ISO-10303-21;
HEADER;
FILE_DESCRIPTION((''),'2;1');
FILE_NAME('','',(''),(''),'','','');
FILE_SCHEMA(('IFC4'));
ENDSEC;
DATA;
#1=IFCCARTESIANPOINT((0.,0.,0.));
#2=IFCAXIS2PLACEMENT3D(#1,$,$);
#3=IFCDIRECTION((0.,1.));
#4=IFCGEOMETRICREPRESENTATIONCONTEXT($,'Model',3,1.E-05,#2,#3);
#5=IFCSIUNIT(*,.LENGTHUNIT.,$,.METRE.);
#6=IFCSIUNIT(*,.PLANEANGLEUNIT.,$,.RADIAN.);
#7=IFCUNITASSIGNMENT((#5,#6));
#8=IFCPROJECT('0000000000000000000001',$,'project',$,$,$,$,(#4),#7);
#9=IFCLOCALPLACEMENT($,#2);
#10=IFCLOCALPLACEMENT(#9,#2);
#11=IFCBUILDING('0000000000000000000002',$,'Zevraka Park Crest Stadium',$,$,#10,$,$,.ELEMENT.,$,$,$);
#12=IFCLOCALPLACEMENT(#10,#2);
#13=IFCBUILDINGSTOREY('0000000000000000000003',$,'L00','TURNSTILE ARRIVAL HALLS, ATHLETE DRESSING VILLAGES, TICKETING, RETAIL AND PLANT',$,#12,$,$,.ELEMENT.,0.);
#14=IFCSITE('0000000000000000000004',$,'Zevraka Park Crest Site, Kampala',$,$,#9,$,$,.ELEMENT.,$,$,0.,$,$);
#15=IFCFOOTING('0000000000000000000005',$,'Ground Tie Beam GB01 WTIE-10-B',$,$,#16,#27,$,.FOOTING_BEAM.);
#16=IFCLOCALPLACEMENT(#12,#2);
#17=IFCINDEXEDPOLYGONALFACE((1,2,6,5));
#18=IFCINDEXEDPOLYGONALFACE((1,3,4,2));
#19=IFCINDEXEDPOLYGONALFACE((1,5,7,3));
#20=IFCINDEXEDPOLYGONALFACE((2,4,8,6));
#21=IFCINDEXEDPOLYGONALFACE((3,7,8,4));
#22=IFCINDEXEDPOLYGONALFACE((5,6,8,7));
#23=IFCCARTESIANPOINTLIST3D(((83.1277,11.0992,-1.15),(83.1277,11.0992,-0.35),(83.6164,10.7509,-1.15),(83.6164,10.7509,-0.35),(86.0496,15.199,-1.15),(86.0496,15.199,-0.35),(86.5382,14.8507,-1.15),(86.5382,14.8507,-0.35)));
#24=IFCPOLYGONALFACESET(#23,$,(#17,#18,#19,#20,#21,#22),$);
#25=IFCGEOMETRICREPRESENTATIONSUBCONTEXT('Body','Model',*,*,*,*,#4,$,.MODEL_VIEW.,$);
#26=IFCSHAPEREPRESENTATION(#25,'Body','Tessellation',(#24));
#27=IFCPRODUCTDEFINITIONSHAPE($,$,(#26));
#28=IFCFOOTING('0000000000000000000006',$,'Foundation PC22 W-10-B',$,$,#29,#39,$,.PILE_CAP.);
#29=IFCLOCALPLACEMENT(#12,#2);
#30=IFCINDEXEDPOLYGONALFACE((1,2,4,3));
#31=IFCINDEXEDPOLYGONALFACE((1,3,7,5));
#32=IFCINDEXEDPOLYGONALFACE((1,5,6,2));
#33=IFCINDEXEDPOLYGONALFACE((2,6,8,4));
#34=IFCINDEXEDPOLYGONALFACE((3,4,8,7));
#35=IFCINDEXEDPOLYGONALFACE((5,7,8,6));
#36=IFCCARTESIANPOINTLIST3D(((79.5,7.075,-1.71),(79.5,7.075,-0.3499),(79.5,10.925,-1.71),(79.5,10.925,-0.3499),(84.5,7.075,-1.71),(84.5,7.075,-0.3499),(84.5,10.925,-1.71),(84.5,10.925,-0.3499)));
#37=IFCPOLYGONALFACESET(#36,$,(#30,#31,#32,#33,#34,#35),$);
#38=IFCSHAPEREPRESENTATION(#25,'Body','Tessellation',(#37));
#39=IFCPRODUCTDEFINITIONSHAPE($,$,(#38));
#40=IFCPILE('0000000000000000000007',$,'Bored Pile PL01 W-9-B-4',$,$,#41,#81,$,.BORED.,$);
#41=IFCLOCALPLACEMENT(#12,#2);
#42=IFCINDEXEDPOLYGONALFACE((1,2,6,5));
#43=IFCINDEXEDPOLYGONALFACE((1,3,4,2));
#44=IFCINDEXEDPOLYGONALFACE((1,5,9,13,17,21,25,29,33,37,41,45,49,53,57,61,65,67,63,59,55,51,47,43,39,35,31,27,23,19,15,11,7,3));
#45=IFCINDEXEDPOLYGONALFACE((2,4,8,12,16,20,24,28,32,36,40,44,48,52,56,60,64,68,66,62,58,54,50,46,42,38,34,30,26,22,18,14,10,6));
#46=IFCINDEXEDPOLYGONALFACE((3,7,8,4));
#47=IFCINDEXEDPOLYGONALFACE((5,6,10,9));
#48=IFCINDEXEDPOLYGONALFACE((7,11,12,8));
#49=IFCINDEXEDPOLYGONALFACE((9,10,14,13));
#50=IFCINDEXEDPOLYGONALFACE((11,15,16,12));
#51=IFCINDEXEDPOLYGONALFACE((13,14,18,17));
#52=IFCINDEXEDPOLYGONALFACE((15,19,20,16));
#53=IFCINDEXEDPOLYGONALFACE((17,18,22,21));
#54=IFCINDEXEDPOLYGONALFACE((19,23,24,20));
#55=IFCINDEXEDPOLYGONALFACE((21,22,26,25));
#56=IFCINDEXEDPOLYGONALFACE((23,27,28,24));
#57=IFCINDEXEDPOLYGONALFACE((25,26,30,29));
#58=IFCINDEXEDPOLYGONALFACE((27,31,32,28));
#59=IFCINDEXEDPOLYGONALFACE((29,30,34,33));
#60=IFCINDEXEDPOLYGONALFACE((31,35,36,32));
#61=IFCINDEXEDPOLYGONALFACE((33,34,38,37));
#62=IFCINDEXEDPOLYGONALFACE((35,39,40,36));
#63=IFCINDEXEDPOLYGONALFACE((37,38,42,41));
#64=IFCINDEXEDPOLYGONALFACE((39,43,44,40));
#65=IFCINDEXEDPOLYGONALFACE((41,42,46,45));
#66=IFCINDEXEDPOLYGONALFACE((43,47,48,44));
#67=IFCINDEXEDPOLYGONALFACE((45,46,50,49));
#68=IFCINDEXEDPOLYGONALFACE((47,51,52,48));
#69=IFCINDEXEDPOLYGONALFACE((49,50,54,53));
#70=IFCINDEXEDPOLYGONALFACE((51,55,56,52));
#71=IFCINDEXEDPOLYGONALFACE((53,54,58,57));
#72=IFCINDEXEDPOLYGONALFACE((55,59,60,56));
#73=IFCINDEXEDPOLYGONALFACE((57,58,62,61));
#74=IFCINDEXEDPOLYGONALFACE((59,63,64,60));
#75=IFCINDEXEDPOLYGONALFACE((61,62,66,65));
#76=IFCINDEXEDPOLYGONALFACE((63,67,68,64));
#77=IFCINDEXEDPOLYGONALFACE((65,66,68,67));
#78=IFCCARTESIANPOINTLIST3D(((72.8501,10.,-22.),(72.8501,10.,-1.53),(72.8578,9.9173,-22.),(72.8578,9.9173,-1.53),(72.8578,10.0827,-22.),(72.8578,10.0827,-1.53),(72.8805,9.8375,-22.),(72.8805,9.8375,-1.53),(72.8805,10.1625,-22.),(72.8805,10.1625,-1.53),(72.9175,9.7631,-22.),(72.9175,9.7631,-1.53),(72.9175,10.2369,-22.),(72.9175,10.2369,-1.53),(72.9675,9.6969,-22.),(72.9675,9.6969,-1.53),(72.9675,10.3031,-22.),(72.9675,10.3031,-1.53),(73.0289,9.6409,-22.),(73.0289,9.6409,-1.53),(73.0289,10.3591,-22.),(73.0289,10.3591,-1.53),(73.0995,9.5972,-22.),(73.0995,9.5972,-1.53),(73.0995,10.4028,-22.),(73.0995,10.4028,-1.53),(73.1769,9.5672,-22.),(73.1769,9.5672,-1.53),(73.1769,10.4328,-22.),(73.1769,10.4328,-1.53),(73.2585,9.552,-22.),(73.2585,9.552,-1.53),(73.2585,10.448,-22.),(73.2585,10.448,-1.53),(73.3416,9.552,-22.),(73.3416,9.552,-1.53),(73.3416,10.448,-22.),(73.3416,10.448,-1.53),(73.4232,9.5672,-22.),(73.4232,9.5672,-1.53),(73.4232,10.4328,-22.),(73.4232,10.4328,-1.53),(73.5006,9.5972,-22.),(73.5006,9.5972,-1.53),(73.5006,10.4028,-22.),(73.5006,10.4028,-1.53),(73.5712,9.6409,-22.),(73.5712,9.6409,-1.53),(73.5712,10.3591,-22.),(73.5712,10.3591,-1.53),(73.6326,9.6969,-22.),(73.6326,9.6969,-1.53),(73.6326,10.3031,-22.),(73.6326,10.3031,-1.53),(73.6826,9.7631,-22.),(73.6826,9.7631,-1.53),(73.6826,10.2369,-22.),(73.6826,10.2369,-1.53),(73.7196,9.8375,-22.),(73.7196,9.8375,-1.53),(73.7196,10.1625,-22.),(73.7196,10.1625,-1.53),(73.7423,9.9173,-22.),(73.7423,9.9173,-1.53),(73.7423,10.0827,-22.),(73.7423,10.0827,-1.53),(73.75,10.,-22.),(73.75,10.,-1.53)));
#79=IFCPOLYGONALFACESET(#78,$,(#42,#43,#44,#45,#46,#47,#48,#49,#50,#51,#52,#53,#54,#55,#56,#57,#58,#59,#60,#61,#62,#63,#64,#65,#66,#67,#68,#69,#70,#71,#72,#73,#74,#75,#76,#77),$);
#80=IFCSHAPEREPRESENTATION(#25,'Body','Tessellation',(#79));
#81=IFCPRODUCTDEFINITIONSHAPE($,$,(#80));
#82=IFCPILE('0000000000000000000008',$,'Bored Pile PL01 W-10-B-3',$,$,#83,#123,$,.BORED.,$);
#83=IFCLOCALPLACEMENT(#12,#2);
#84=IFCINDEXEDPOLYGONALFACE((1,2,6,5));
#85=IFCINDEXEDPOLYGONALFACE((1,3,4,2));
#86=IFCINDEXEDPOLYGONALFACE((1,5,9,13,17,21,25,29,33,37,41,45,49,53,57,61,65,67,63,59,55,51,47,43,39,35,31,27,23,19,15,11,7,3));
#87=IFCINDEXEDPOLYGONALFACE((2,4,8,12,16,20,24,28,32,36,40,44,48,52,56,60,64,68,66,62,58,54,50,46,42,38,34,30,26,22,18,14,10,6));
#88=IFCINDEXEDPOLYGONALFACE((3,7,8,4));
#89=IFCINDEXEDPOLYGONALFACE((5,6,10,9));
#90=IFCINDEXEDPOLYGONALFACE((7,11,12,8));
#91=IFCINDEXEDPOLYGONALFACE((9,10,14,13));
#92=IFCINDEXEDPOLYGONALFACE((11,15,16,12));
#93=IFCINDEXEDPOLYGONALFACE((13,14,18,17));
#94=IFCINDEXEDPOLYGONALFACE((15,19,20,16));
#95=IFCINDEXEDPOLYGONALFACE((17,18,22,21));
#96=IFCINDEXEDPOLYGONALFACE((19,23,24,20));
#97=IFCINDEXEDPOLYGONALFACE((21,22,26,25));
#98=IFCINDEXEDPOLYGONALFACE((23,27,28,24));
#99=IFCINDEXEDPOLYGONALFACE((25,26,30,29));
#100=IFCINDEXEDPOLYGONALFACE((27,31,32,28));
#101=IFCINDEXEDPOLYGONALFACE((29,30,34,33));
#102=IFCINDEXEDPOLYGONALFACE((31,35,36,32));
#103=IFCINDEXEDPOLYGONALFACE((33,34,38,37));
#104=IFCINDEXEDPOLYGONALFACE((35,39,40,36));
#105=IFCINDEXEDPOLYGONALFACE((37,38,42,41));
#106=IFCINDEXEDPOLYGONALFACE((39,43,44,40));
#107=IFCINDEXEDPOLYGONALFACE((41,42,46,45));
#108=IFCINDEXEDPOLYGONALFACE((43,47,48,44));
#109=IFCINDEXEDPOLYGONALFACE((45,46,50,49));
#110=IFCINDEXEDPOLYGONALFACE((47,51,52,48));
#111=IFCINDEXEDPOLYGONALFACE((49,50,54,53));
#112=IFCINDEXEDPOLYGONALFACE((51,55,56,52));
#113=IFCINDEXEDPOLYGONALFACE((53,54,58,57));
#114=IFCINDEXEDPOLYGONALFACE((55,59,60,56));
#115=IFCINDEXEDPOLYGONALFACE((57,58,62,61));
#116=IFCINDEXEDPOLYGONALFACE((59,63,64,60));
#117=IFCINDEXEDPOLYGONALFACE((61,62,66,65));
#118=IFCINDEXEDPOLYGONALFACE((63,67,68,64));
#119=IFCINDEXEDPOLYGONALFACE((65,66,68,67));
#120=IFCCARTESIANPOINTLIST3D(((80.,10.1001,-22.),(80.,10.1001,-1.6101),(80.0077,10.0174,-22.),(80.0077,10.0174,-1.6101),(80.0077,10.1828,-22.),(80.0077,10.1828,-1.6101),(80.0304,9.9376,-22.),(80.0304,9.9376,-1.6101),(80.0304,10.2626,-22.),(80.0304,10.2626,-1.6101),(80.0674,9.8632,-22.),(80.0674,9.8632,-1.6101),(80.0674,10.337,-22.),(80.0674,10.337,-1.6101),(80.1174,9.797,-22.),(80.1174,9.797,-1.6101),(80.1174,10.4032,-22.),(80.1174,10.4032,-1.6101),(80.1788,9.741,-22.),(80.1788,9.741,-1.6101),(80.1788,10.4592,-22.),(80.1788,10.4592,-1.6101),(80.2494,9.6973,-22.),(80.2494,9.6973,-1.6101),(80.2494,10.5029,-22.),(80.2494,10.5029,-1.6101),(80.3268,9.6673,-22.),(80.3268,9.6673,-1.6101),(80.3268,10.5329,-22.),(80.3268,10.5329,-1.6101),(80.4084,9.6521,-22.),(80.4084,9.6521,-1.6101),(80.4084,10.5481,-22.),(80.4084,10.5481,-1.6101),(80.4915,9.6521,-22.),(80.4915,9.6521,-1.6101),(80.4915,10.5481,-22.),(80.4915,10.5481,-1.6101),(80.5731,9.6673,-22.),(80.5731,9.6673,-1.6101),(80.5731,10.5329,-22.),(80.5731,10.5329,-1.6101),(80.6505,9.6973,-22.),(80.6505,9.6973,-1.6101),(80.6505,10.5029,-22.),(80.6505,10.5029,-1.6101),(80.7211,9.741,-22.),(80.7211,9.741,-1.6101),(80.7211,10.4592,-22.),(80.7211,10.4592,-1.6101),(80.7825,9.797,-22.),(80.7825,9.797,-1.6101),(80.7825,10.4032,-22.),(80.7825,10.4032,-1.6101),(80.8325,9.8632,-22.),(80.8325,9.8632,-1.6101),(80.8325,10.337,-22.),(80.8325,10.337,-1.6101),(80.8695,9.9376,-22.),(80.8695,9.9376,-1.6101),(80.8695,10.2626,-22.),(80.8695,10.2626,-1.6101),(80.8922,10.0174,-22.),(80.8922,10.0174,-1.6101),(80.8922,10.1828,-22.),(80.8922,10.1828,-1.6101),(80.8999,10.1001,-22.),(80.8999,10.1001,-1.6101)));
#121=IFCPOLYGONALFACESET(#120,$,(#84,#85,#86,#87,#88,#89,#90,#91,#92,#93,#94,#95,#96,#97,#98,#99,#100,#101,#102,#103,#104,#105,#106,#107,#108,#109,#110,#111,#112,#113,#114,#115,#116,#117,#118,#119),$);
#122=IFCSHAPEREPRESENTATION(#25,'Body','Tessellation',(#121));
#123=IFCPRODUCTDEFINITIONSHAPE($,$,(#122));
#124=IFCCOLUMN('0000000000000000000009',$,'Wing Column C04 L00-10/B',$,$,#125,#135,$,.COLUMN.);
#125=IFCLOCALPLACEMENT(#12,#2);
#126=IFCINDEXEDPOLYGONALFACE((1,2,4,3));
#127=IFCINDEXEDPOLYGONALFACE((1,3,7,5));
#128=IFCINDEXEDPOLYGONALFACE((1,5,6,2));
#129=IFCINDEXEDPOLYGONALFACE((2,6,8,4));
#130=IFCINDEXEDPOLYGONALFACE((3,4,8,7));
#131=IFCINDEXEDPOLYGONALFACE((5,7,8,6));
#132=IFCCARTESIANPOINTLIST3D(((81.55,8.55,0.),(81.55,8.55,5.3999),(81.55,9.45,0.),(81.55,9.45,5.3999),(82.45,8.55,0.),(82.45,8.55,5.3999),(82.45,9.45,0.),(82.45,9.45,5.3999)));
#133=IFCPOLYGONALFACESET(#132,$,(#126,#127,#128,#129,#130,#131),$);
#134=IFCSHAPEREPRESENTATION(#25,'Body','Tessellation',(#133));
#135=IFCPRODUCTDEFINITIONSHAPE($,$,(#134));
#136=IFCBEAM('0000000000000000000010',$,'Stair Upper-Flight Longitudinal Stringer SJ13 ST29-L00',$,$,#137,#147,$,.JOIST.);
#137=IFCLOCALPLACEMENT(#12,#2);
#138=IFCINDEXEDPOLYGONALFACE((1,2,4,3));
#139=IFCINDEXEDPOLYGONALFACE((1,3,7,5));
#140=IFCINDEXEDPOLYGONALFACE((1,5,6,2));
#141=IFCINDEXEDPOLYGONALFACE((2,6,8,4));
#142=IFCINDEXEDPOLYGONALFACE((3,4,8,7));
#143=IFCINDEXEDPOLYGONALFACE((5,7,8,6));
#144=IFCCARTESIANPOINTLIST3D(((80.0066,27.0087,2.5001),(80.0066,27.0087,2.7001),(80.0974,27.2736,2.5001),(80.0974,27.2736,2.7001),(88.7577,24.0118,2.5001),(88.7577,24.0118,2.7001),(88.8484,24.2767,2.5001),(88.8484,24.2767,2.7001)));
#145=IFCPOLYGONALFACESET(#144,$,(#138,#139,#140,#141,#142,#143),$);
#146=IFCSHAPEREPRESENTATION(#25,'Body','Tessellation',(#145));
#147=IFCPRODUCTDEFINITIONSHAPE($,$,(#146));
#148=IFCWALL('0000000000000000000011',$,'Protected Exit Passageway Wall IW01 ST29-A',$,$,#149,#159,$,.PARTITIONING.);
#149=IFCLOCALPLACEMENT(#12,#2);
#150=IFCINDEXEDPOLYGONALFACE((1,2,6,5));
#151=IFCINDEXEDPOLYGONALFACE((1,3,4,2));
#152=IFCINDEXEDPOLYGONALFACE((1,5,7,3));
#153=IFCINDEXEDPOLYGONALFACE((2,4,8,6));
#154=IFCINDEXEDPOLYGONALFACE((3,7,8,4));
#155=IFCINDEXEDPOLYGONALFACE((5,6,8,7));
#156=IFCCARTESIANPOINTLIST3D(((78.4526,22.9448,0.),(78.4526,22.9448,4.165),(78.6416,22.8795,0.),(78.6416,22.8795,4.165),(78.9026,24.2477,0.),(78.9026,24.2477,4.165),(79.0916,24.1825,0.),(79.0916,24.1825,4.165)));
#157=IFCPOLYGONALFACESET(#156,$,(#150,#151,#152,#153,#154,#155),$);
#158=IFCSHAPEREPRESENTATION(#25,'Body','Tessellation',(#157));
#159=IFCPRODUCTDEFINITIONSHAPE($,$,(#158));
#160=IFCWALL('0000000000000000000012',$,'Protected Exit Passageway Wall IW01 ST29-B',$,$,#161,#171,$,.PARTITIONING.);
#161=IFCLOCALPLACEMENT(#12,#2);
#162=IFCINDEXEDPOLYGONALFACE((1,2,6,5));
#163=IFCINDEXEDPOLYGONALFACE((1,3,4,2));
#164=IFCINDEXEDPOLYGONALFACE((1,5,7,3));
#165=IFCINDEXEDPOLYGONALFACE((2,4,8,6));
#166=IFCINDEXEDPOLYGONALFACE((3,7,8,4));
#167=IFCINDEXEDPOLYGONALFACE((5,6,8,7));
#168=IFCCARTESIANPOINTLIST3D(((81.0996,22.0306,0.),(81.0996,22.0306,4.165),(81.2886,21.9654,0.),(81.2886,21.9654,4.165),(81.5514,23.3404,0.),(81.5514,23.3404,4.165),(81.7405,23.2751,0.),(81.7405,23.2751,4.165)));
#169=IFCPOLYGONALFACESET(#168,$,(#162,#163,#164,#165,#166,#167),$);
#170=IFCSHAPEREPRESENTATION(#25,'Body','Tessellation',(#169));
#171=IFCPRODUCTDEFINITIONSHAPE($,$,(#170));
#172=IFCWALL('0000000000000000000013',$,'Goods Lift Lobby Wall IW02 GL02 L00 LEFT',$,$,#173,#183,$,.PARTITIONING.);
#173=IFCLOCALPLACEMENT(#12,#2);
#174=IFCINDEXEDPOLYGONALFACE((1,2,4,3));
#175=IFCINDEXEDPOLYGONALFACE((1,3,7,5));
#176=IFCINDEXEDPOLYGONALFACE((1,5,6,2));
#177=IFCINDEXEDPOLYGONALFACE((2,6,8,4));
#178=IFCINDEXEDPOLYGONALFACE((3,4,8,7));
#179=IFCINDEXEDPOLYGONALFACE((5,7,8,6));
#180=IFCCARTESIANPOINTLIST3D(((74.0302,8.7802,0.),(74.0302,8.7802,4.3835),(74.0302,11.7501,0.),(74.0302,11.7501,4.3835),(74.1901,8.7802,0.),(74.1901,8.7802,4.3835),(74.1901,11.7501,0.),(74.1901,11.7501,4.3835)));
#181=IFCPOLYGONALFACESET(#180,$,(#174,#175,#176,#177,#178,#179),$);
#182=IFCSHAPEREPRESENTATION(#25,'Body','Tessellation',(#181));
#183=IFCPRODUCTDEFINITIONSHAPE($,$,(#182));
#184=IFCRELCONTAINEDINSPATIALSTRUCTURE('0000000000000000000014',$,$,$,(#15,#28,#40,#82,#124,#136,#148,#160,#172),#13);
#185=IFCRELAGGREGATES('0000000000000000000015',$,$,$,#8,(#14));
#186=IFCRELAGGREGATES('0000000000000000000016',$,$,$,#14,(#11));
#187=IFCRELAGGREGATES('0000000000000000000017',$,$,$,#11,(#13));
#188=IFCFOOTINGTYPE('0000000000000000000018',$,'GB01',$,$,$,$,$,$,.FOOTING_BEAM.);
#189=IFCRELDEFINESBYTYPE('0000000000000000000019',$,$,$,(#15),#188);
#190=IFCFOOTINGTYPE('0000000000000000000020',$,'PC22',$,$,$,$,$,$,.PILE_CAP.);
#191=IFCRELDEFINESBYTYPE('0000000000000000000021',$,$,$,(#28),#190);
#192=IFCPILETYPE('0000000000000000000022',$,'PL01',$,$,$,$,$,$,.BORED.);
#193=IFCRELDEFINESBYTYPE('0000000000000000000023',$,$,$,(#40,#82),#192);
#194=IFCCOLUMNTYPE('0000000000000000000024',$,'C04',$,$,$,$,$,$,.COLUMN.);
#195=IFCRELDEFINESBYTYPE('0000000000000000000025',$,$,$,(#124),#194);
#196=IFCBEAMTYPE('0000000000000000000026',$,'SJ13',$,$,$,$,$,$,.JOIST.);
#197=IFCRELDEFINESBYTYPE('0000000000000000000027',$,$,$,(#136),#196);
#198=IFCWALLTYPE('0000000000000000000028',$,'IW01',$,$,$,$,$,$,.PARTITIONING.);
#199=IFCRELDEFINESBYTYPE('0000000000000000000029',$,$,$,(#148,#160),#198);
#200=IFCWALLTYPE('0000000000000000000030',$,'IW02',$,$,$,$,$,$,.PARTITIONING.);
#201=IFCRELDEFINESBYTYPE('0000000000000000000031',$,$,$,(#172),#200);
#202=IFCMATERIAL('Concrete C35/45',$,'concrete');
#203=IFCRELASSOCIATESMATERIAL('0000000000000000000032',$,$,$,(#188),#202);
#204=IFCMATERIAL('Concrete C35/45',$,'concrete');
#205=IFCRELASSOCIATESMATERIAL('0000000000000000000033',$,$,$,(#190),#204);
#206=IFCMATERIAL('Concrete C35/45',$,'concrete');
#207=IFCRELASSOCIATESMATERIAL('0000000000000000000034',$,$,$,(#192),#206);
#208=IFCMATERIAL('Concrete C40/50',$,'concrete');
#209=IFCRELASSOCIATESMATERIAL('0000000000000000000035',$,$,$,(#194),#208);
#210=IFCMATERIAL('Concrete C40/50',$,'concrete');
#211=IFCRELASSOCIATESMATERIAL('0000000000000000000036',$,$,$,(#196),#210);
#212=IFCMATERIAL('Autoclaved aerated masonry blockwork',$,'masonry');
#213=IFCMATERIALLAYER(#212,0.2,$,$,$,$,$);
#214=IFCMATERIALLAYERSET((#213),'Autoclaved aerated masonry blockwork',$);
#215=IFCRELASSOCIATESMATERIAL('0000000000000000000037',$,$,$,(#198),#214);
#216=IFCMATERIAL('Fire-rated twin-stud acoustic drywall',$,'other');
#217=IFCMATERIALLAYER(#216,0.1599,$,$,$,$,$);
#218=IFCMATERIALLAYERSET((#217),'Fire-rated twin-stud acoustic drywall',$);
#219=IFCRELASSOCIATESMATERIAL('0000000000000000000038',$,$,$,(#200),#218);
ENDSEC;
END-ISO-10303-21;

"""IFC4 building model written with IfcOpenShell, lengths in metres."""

from ifc_helpers import new_model, si_unit, direction, frame, frame_2d, origin, origin_2d, place, context, subcontext, project, spatial, rectangle, circle, extrude, material, layer, layer_set, material_profile, profile_set, type_object, element, save


model = new_model("IFC4")

# Units and contexts
model_context = context("Model", 3, precision=1e-05, world=origin(), true_north=direction((0.0, 1.0)))
body_context = subcontext(model_context, "Body", "Model", "MODEL_VIEW")
ifc_project = project(units=[si_unit("LENGTHUNIT", "METRE"), si_unit("PLANEANGLEUNIT", "RADIAN")], contexts=[model_context])

# Site, building, storey
site_placement = place(None, origin())
site = spatial("IfcSite", under=ifc_project, at=site_placement, Name="Zevraka Park Crest Site, Kampala", CompositionType="ELEMENT", RefElevation=0.0)
building_placement = place(site_placement, origin())
building = spatial("IfcBuilding", under=site, at=building_placement, Name="Zevraka Park Crest Stadium", CompositionType="ELEMENT")
storey_placement = place(building_placement, origin())
storey = spatial("IfcBuildingStorey", under=building, at=storey_placement, Name="L00", Description="TURNSTILE ARRIVAL HALLS, ATHLETE DRESSING VILLAGES, TICKETING, RETAIL AND PLANT", CompositionType="ELEMENT", Elevation=0.0)

# Footings
ifc_material_1 = material(Name="Concrete C35/45", Category="concrete")
ifc_material_profile_1 = material_profile(ifc_material_1, rectangle(XDim=0.6001, YDim=0.8, at=origin_2d()), Name="GB 800x600")
ifc_profile_set_1 = profile_set([ifc_material_profile_1], Name="Concrete C35/45")
footing_type_1 = type_object("IfcFootingType", Name="GB01", PredefinedType="FOOTING_BEAM", material=ifc_profile_set_1)
footing_1_placement = place(storey_placement, frame((83.3721, 10.925, -0.75), z_axis=(0.580371, 0.814352, 0.0), x_axis=(-0.814352, 0.580371, 0.0)))
element("IfcFooting", 1, at=footing_1_placement, inside=storey, type_object=footing_type_1, Name="Ground Tie Beam GB01 WTIE-10-B", PredefinedType="FOOTING_BEAM", context=body_context, shape_type="SweptSolid", body=[
    extrude(rectangle(XDim=0.6001, YDim=0.8, at=origin_2d()), origin(), (0.0, 0.0, 1.0), 5.0344),
])
ifc_material_2 = material(Name="Concrete C35/45", Category="concrete")
footing_type_2 = type_object("IfcFootingType", Name="PC22", PredefinedType="PILE_CAP", material=ifc_material_2)
footing_2_placement = place(storey_placement, frame((82.0, 9.0, -1.71), z_axis=(0.0, 0.0, 1.0), x_axis=(1.0, 0.0, 0.0)))
element("IfcFooting", 2, at=footing_2_placement, inside=storey, type_object=footing_type_2, Name="Foundation PC22 W-10-B", PredefinedType="PILE_CAP", context=body_context, shape_type="SweptSolid", body=[
    extrude(rectangle(XDim=5.0, YDim=3.8501, at=origin_2d()), origin(), (0.0, 0.0, 1.0), 1.3601),
])

# Piles
ifc_material_3 = material(Name="Concrete C35/45", Category="concrete")
ifc_material_profile_2 = material_profile(ifc_material_3, circle(Radius=0.45, at=origin_2d()), Name="PILE D900")
ifc_profile_set_2 = profile_set([ifc_material_profile_2], Name="Concrete C35/45")
pile_type = type_object("IfcPileType", Name="PL01", PredefinedType="BORED", material=ifc_profile_set_2)
pile_1_placement = place(storey_placement, frame((73.3, 10.0, -1.53), z_axis=(0.0, 0.0, -1.0), x_axis=(1.0, 0.0, 0.0)))
element("IfcPile", 3, at=pile_1_placement, inside=storey, type_object=pile_type, Name="Bored Pile PL01 W-9-B-4", PredefinedType="BORED", context=body_context, shape_type="SweptSolid", body=[
    extrude(circle(Radius=0.45, at=origin_2d()), origin(), (0.0, 0.0, 1.0), 20.47),
])
pile_2_placement = place(storey_placement, frame((80.45, 10.1001, -1.6101), z_axis=(0.0, 0.0, -1.0), x_axis=(1.0, 0.0, 0.0)))
element("IfcPile", 4, at=pile_2_placement, inside=storey, type_object=pile_type, Name="Bored Pile PL01 W-10-B-3", PredefinedType="BORED", context=body_context, shape_type="SweptSolid", body=[
    extrude(circle(Radius=0.45, at=origin_2d()), origin(), (0.0, 0.0, 1.0), 20.3899),
])

# Column
ifc_material_4 = material(Name="Concrete C40/50", Category="concrete")
ifc_material_profile_3 = material_profile(ifc_material_4, rectangle(XDim=0.8999, YDim=0.8999, at=origin_2d()), Name="RC 900x900")
ifc_profile_set_3 = profile_set([ifc_material_profile_3], Name="Concrete C40/50")
column_type = type_object("IfcColumnType", Name="C04", PredefinedType="COLUMN", material=ifc_profile_set_3)
column_placement = place(storey_placement, frame((82.0, 9.0, 0.0), z_axis=(0.0, 0.0, 1.0), x_axis=(1.0, 0.0, 0.0)))
element("IfcColumn", 5, at=column_placement, inside=storey, type_object=column_type, Name="Wing Column C04 L00-10/B", PredefinedType="COLUMN", context=body_context, shape_type="SweptSolid", body=[
    extrude(rectangle(XDim=0.8999, YDim=0.8999, at=origin_2d()), origin(), (0.0, 0.0, 1.0), 5.3999),
])

# Beam
ifc_material_5 = material(Name="Concrete C40/50", Category="concrete")
ifc_material_profile_4 = material_profile(ifc_material_5, rectangle(XDim=0.28, YDim=0.2, at=origin_2d()), Name="RC 200x280")
ifc_profile_set_4 = profile_set([ifc_material_profile_4], Name="Concrete C40/50")
beam_type = type_object("IfcBeamType", Name="SJ13", PredefinedType="JOIST", material=ifc_profile_set_4)
beam_placement = place(storey_placement, frame((80.052, 27.1411, 2.6001), z_axis=(0.946062, -0.323985, 0.0), x_axis=(0.323985, 0.946062, 0.0)))
element("IfcBeam", 6, at=beam_placement, inside=storey, type_object=beam_type, Name="Stair Upper-Flight Longitudinal Stringer SJ13 ST29-L00", PredefinedType="JOIST", context=body_context, shape_type="SweptSolid", body=[
    extrude(rectangle(XDim=0.28, YDim=0.2, at=origin_2d()), origin(), (0.0, 0.0, 1.0), 9.25),
])

# Walls
ifc_material_6 = material(Name="Autoclaved aerated masonry blockwork", Category="masonry")
ifc_layer_1 = layer(ifc_material_6, 0.2)
ifc_layer_set_1 = layer_set([ifc_layer_1], Name="Autoclaved aerated masonry blockwork")
wall_type_1 = type_object("IfcWallType", Name="IW01", PredefinedType="PARTITIONING", material=ifc_layer_set_1)
wall_1_placement = place(storey_placement, frame((78.9971, 24.2151, 0.0), z_axis=(0.0, 0.0, 1.0), x_axis=(-0.326411, -0.945228, 0.0)))
element("IfcWall", 7, at=wall_1_placement, inside=storey, type_object=wall_type_1, Name="Protected Exit Passageway Wall IW01 ST29-A", PredefinedType="PARTITIONING", context=body_context, shape_type="SweptSolid", body=[
    extrude(rectangle(XDim=1.3784, YDim=0.2, at=frame_2d((0.6892, 0.0))), origin(), (0.0, 0.0, 1.0), 4.165),
])
wall_2_placement = place(storey_placement, frame((81.646, 23.3079, 0.0), z_axis=(0.0, 0.0, 1.0), x_axis=(-0.326148, -0.945319, 0.0)))
element("IfcWall", 8, at=wall_2_placement, inside=storey, type_object=wall_type_1, Name="Protected Exit Passageway Wall IW01 ST29-B", PredefinedType="PARTITIONING", context=body_context, shape_type="SweptSolid", body=[
    extrude(rectangle(XDim=1.3855, YDim=0.2, at=frame_2d((0.6929, 0.0))), origin(), (0.0, 0.0, 1.0), 4.165),
])
ifc_material_7 = material(Name="Fire-rated twin-stud acoustic drywall", Category="other")
ifc_layer_2 = layer(ifc_material_7, 0.1599)
ifc_layer_set_2 = layer_set([ifc_layer_2], Name="Fire-rated twin-stud acoustic drywall")
wall_type_2 = type_object("IfcWallType", Name="IW02", PredefinedType="PARTITIONING", material=ifc_layer_set_2)
for number, where, z_axis, x_axis, name in (
    (9, (74.1101, 11.75, 0.0), (0.0, 0.0, 1.0), (0.0, -1.0, 0.0), "Goods Lift Lobby Wall IW02 GL02 L00 LEFT"),
):
    element("IfcWall", number, at=place(storey_placement, frame(where, z_axis=z_axis, x_axis=x_axis)), inside=storey, type_object=wall_type_2, Name=name, PredefinedType="PARTITIONING", context=body_context, shape_type="SweptSolid", body=[
        extrude(rectangle(XDim=2.97, YDim=0.1599, at=frame_2d((1.4849, 0.0))), origin(), (0.0, 0.0, 1.0), 4.3835),
    ])

save(model, "model.ifc")
